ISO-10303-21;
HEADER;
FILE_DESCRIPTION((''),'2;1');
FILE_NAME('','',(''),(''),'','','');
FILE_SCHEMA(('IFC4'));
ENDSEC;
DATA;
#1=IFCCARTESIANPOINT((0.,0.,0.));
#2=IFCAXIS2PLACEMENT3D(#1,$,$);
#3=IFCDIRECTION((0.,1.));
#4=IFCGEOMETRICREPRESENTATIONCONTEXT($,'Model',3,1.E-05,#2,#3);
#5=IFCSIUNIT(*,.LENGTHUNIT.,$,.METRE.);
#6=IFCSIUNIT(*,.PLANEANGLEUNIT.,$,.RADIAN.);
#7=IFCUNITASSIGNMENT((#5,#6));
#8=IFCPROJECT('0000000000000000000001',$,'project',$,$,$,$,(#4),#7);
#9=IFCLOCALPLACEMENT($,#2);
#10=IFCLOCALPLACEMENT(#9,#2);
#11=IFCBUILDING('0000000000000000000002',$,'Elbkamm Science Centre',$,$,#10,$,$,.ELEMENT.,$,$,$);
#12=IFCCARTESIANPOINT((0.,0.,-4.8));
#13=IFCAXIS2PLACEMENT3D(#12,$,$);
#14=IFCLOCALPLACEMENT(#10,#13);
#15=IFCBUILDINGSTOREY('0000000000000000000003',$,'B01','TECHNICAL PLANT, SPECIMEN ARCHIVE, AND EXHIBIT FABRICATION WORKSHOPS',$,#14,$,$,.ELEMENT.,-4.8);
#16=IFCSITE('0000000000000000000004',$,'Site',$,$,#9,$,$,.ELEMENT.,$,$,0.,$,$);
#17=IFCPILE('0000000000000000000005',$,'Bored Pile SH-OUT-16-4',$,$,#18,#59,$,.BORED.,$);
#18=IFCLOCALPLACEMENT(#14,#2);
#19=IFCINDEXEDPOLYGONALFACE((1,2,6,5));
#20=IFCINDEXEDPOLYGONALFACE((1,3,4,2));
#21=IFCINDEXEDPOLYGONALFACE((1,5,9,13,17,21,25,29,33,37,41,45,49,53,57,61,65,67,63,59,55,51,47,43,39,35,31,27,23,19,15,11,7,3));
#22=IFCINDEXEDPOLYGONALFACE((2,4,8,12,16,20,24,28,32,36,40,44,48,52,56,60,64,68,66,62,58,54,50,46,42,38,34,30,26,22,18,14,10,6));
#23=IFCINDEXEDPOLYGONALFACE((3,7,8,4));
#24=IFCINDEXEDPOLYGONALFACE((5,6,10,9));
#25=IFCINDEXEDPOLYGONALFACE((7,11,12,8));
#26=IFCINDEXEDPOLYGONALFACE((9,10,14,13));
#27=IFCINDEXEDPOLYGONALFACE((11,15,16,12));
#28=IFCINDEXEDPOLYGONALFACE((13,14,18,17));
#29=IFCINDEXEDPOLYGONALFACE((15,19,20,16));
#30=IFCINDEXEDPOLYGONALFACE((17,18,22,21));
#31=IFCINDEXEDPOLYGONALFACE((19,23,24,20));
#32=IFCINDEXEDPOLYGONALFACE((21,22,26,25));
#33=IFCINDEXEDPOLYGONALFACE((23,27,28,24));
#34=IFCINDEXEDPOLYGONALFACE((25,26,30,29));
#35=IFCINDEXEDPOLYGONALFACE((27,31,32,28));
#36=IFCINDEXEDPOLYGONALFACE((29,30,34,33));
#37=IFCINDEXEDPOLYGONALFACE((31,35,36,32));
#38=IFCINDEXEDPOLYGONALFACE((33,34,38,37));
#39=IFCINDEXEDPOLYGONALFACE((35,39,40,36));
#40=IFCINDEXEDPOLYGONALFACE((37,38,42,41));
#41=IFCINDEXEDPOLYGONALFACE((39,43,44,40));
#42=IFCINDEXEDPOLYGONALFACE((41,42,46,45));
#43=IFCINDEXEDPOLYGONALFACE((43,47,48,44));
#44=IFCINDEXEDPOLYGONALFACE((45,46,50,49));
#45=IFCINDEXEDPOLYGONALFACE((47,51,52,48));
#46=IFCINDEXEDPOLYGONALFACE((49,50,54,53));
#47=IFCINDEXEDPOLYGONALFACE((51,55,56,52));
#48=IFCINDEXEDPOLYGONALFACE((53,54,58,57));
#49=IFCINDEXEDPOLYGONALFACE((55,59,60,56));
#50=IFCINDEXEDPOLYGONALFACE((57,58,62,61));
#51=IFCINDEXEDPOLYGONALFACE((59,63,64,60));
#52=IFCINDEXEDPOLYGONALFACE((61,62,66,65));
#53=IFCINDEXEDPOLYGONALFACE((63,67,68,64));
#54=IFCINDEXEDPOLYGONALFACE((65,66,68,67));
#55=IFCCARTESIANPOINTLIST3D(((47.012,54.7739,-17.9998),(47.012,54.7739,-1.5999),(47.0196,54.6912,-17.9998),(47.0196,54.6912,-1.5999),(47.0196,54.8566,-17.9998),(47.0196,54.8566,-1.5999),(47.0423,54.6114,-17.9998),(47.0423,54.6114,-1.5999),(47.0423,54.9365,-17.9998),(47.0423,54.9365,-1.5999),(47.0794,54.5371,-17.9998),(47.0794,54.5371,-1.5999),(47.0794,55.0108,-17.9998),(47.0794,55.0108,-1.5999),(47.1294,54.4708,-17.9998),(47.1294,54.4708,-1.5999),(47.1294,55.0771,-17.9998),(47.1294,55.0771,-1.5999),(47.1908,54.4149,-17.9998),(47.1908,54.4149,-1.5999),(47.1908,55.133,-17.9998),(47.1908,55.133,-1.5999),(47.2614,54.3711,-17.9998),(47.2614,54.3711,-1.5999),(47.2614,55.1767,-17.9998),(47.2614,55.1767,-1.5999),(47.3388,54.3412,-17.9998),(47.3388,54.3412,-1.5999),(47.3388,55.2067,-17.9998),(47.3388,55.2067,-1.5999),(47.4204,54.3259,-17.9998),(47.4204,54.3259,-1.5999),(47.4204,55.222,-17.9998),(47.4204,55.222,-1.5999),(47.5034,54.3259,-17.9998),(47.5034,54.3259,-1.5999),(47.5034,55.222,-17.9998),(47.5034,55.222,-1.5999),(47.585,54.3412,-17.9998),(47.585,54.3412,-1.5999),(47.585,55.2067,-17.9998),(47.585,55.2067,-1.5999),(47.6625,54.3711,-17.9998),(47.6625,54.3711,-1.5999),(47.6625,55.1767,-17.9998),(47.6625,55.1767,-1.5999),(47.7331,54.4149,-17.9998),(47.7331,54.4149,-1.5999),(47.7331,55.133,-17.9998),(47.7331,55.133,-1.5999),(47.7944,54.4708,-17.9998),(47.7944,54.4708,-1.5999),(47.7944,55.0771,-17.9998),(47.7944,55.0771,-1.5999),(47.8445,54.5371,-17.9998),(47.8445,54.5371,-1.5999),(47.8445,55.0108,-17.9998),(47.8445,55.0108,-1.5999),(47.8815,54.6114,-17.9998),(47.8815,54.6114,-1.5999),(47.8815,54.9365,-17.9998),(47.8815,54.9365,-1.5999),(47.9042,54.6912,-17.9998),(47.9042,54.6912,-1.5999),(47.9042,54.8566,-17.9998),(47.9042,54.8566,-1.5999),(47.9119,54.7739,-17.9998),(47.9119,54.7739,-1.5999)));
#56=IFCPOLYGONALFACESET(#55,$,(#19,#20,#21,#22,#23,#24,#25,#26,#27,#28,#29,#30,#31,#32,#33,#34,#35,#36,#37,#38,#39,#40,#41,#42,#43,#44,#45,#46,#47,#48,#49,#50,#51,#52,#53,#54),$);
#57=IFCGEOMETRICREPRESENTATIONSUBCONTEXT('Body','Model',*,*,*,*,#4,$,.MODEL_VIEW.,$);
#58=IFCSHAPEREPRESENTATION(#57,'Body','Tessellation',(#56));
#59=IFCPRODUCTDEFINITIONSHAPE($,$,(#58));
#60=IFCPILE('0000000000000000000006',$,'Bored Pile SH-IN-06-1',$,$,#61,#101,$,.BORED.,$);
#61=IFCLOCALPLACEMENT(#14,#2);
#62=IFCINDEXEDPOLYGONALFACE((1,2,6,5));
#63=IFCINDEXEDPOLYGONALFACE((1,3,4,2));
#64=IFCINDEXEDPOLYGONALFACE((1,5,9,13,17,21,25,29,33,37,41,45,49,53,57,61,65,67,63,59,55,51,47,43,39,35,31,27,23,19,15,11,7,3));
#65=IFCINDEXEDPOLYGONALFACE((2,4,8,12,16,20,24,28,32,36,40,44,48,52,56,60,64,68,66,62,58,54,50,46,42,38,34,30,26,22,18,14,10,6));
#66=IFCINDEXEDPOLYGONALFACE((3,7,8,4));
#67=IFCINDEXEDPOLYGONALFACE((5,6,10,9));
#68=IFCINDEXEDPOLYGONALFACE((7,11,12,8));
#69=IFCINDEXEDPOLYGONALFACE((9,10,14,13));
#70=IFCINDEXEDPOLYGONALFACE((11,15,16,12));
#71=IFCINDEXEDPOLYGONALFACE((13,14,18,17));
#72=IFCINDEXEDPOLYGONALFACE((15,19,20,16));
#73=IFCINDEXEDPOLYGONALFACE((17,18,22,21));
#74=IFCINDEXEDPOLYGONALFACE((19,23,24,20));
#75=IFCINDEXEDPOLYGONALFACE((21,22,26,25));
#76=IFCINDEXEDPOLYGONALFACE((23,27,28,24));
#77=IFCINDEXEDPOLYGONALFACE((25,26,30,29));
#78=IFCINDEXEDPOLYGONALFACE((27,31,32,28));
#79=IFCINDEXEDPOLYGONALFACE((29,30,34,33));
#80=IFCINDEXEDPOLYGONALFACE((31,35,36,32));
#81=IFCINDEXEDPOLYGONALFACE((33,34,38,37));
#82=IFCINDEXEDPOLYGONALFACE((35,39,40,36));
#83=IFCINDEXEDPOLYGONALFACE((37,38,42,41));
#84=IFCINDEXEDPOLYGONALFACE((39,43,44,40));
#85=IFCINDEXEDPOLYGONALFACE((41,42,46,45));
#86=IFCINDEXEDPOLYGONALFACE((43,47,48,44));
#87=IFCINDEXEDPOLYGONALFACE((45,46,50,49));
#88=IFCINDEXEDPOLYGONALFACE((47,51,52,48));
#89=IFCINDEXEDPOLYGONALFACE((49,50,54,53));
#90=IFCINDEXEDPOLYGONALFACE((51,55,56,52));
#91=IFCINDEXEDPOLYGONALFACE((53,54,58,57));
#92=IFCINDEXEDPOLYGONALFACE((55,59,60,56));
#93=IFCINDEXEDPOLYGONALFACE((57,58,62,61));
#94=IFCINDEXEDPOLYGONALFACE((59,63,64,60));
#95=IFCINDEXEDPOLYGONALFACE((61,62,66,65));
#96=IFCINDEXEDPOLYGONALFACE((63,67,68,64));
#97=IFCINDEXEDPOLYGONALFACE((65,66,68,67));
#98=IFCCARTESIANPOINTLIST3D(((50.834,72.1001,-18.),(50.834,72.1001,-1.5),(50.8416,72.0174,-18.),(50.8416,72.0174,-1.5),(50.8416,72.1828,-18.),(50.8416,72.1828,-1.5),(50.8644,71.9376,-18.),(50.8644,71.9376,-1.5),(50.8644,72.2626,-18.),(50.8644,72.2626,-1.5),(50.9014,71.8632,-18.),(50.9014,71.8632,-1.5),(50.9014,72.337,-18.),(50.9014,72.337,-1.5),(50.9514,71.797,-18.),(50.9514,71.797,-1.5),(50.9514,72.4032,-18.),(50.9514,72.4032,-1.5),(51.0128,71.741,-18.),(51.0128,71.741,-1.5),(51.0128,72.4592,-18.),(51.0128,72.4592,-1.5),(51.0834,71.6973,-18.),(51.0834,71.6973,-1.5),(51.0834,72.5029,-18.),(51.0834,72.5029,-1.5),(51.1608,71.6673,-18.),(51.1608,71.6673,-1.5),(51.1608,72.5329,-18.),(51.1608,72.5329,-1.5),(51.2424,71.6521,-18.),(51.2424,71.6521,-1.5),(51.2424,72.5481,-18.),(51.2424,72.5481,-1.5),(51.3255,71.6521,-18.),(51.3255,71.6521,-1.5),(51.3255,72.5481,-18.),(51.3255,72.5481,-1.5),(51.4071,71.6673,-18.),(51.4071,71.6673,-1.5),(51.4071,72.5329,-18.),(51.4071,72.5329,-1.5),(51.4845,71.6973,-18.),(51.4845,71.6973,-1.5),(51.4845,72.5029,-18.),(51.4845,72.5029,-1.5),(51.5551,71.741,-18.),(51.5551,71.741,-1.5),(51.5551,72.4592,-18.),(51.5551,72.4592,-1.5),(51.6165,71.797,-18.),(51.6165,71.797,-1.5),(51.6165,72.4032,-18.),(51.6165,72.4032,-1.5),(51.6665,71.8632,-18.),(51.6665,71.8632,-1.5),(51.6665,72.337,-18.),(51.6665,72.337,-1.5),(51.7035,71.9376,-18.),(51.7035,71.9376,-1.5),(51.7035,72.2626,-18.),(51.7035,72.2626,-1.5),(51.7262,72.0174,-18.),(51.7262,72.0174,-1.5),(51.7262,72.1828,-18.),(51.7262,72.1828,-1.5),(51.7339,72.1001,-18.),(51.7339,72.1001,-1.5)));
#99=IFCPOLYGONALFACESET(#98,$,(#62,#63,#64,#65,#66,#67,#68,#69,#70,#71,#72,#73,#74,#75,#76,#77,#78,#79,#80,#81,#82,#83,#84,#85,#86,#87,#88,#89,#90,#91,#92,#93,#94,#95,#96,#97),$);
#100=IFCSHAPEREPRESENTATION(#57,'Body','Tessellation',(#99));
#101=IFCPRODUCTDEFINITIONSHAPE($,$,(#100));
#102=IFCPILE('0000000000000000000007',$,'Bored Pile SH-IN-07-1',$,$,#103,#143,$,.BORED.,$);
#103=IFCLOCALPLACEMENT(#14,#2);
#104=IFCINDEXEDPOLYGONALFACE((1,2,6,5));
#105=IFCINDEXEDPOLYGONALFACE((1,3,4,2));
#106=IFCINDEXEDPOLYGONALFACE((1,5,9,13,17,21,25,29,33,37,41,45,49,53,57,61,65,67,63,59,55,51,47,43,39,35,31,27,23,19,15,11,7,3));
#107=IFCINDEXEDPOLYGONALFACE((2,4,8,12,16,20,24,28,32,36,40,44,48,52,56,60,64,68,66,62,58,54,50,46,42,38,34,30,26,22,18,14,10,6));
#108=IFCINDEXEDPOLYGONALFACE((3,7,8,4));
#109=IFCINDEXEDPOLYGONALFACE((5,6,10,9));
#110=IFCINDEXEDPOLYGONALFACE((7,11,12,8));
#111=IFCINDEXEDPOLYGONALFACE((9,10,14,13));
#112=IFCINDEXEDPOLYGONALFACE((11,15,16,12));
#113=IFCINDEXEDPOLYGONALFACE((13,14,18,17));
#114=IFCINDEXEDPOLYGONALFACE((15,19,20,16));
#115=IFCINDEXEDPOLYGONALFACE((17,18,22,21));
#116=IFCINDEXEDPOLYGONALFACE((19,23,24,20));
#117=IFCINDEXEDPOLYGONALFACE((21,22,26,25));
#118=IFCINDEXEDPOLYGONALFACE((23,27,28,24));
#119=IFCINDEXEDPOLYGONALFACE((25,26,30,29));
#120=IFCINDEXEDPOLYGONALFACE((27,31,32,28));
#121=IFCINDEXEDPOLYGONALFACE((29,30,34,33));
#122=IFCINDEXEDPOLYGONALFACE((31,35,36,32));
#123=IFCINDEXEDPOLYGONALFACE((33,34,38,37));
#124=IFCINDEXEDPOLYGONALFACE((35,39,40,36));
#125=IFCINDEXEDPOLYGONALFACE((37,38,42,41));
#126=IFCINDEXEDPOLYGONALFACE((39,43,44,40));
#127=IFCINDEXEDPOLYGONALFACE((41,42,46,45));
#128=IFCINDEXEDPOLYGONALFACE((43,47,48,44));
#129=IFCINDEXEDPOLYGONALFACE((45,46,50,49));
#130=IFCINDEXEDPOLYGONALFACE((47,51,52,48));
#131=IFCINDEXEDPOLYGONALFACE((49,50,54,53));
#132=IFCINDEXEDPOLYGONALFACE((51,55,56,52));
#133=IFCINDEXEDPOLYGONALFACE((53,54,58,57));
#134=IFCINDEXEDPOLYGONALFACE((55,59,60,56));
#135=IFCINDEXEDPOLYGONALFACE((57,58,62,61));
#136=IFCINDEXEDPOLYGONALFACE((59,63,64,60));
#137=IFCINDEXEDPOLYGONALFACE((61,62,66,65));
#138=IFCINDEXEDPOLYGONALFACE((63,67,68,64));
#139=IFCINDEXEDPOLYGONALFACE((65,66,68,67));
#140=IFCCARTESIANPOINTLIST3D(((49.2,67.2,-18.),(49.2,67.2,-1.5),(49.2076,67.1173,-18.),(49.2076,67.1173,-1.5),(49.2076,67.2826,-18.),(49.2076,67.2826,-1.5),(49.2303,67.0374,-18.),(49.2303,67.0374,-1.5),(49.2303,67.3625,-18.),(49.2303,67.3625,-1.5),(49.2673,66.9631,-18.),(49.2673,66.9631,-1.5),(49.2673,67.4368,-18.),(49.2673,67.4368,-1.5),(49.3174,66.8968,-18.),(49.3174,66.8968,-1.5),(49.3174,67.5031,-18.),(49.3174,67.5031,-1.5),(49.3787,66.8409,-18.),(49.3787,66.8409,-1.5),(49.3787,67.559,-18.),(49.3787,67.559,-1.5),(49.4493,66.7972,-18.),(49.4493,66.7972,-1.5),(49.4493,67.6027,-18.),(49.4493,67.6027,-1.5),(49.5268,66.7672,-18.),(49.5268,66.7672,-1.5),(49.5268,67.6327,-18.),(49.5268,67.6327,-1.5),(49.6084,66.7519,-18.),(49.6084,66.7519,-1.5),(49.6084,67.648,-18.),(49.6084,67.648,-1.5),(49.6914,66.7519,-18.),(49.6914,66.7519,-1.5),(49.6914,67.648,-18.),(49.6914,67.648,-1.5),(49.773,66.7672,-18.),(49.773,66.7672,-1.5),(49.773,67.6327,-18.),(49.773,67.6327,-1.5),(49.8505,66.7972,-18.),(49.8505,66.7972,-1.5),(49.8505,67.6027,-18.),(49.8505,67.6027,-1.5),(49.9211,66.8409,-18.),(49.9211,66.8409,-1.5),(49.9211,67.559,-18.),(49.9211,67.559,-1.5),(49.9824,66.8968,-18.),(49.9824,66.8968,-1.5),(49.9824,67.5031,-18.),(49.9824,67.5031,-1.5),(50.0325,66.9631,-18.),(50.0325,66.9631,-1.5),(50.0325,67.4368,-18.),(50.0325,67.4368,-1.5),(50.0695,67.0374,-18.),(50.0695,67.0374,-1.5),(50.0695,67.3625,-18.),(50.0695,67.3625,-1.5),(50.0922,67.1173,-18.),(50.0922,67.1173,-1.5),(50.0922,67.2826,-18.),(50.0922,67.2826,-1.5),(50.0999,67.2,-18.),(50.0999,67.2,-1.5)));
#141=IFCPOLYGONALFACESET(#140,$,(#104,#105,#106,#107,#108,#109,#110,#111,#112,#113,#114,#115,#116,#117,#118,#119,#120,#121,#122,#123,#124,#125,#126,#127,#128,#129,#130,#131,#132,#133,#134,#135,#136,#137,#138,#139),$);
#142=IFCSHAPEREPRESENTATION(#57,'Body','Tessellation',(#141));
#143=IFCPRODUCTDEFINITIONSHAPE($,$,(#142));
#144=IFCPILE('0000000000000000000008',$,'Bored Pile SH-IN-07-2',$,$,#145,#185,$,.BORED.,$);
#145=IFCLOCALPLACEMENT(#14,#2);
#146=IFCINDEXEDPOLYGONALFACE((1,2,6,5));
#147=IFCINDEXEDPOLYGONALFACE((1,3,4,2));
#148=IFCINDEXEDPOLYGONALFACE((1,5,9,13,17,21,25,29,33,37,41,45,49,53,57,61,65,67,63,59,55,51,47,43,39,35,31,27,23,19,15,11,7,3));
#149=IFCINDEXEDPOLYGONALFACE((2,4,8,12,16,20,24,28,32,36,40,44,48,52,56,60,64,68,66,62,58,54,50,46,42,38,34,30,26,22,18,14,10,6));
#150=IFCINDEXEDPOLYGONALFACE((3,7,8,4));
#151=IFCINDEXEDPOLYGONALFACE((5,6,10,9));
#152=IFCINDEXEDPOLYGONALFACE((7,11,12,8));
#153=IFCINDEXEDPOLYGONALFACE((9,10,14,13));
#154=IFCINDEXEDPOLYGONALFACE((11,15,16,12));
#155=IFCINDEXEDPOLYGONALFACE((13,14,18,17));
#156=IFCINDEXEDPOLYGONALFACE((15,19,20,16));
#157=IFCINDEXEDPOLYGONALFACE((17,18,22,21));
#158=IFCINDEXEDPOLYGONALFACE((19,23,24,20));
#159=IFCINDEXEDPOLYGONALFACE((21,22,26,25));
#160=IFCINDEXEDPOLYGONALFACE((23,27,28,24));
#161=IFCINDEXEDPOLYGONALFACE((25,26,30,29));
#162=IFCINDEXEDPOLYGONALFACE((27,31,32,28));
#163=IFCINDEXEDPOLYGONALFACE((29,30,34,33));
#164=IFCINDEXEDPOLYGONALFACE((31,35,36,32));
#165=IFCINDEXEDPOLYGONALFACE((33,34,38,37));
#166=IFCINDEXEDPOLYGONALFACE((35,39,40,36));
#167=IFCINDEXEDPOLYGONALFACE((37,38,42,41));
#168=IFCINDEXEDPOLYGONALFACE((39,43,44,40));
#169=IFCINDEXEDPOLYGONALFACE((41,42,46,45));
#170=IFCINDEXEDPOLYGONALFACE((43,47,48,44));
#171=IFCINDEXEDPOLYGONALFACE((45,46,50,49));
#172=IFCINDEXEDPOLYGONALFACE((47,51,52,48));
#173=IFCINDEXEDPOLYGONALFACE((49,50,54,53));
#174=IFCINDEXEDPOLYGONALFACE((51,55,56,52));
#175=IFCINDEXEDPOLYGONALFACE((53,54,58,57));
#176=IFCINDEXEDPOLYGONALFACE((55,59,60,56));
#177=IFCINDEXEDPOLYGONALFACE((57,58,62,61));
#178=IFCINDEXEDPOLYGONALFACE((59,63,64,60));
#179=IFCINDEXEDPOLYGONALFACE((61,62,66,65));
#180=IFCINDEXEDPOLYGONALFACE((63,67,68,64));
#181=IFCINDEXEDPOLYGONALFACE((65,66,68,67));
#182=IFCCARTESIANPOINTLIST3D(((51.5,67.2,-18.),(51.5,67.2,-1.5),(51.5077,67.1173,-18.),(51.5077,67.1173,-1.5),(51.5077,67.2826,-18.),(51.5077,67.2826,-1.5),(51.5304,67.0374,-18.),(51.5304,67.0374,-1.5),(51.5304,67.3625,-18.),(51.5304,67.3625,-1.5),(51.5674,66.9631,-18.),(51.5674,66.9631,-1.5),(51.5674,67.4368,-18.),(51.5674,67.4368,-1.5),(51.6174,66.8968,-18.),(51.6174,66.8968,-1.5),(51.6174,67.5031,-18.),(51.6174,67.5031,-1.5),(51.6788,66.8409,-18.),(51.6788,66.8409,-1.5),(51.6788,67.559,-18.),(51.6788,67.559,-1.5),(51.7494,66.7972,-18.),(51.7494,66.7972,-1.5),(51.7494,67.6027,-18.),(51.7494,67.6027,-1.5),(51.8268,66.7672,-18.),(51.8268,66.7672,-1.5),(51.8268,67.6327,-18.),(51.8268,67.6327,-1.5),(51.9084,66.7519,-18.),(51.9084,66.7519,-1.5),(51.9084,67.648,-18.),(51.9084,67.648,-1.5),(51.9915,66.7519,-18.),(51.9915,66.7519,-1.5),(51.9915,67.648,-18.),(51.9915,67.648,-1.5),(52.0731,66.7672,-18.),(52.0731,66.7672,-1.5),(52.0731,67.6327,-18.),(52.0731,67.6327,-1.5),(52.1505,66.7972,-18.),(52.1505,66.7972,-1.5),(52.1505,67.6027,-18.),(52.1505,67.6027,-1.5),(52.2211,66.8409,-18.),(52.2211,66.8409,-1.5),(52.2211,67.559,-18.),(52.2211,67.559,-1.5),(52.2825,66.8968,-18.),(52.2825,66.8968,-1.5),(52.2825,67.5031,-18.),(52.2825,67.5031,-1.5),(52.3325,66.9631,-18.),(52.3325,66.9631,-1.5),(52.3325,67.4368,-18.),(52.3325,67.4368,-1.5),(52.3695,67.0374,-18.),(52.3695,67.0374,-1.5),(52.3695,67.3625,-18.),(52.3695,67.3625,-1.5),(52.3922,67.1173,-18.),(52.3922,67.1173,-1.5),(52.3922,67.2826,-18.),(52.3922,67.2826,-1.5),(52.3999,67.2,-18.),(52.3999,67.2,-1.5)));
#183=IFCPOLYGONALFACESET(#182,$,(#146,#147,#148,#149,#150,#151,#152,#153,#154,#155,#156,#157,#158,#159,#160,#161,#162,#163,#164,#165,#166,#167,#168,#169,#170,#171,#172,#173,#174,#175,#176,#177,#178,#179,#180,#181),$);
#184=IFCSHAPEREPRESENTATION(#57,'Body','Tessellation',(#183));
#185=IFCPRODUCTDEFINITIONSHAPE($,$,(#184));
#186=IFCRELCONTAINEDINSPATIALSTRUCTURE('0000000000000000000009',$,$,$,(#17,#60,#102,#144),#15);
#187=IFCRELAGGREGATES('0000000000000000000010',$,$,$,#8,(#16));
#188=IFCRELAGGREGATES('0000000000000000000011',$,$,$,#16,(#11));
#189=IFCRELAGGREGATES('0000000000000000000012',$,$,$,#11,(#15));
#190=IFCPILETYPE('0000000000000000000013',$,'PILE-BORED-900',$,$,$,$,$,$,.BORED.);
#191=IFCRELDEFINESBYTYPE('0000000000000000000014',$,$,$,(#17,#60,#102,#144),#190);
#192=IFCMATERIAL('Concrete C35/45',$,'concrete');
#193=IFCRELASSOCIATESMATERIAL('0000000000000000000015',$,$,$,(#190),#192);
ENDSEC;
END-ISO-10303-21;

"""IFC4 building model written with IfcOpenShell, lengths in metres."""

from ifc_helpers import new_model, si_unit, direction, frame, origin, origin_2d, place, context, subcontext, project, spatial, circle, extrude, material, material_profile, profile_set, type_object, element, save


model = new_model("IFC4")

# Units and contexts
model_context = context("Model", 3, precision=1e-05, world=origin(), true_north=direction((0.0, 1.0)))
body_context = subcontext(model_context, "Body", "Model", "MODEL_VIEW")
ifc_project = project(units=[si_unit("LENGTHUNIT", "METRE"), si_unit("PLANEANGLEUNIT", "RADIAN")], contexts=[model_context])

# Site, building, storey
site_placement = place(None, origin())
site = spatial("IfcSite", under=ifc_project, at=site_placement, Name="Site", CompositionType="ELEMENT", RefElevation=0.0)
building_placement = place(site_placement, origin())
building = spatial("IfcBuilding", under=site, at=building_placement, Name="Elbkamm Science Centre", CompositionType="ELEMENT")
storey_placement = place(building_placement, frame((0.0, 0.0, -4.8)))
storey = spatial("IfcBuildingStorey", under=building, at=storey_placement, Name="B01", Description="TECHNICAL PLANT, SPECIMEN ARCHIVE, AND EXHIBIT FABRICATION WORKSHOPS", CompositionType="ELEMENT", Elevation=-4.8)

# Shared definitions
ifc_material_1 = material(Name="Concrete C35/45", Category="concrete")

# Piles
ifc_material_profile_1 = material_profile(ifc_material_1, circle(Radius=0.45, at=origin_2d()), Name="PILE D900")
ifc_profile_set_1 = profile_set([ifc_material_profile_1], Name="Concrete C35/45")
pile_type = type_object("IfcPileType", Name="PILE-BORED-900", PredefinedType="BORED", material=ifc_profile_set_1)
for number, where, z_axis, x_axis, name in (
    (1, (47.4619, 54.7739, -1.5999), (0.0, 0.0, -1.0), (1.0, 0.0, 0.0), "Bored Pile SH-OUT-16-4"),
):
    element("IfcPile", number, at=place(storey_placement, frame(where, z_axis=z_axis, x_axis=x_axis)), inside=storey, type_object=pile_type, Name=name, PredefinedType="BORED", context=body_context, shape_type="SweptSolid", body=[
        extrude(circle(Radius=0.45, at=origin_2d()), origin(), (0.0, 0.0, 1.0), 16.3999),
    ])
for number, where, z_axis, x_axis, name in (
    (2, (51.2839, 72.1001, -1.5), (0.0, 0.0, -1.0), (1.0, 0.0, 0.0), "Bored Pile SH-IN-06-1"),
    (3, (49.6499, 67.2, -1.5), (0.0, 0.0, -1.0), (1.0, 0.0, 0.0), "Bored Pile SH-IN-07-1"),
    (4, (51.95, 67.2, -1.5), (0.0, 0.0, -1.0), (1.0, 0.0, 0.0), "Bored Pile SH-IN-07-2"),
):
    element("IfcPile", number, at=place(storey_placement, frame(where, z_axis=z_axis, x_axis=x_axis)), inside=storey, type_object=pile_type, Name=name, PredefinedType="BORED", context=body_context, shape_type="SweptSolid", body=[
        extrude(circle(Radius=0.45, at=origin_2d()), origin(), (0.0, 0.0, 1.0), 16.5),
    ])

save(model, "model.ifc")
